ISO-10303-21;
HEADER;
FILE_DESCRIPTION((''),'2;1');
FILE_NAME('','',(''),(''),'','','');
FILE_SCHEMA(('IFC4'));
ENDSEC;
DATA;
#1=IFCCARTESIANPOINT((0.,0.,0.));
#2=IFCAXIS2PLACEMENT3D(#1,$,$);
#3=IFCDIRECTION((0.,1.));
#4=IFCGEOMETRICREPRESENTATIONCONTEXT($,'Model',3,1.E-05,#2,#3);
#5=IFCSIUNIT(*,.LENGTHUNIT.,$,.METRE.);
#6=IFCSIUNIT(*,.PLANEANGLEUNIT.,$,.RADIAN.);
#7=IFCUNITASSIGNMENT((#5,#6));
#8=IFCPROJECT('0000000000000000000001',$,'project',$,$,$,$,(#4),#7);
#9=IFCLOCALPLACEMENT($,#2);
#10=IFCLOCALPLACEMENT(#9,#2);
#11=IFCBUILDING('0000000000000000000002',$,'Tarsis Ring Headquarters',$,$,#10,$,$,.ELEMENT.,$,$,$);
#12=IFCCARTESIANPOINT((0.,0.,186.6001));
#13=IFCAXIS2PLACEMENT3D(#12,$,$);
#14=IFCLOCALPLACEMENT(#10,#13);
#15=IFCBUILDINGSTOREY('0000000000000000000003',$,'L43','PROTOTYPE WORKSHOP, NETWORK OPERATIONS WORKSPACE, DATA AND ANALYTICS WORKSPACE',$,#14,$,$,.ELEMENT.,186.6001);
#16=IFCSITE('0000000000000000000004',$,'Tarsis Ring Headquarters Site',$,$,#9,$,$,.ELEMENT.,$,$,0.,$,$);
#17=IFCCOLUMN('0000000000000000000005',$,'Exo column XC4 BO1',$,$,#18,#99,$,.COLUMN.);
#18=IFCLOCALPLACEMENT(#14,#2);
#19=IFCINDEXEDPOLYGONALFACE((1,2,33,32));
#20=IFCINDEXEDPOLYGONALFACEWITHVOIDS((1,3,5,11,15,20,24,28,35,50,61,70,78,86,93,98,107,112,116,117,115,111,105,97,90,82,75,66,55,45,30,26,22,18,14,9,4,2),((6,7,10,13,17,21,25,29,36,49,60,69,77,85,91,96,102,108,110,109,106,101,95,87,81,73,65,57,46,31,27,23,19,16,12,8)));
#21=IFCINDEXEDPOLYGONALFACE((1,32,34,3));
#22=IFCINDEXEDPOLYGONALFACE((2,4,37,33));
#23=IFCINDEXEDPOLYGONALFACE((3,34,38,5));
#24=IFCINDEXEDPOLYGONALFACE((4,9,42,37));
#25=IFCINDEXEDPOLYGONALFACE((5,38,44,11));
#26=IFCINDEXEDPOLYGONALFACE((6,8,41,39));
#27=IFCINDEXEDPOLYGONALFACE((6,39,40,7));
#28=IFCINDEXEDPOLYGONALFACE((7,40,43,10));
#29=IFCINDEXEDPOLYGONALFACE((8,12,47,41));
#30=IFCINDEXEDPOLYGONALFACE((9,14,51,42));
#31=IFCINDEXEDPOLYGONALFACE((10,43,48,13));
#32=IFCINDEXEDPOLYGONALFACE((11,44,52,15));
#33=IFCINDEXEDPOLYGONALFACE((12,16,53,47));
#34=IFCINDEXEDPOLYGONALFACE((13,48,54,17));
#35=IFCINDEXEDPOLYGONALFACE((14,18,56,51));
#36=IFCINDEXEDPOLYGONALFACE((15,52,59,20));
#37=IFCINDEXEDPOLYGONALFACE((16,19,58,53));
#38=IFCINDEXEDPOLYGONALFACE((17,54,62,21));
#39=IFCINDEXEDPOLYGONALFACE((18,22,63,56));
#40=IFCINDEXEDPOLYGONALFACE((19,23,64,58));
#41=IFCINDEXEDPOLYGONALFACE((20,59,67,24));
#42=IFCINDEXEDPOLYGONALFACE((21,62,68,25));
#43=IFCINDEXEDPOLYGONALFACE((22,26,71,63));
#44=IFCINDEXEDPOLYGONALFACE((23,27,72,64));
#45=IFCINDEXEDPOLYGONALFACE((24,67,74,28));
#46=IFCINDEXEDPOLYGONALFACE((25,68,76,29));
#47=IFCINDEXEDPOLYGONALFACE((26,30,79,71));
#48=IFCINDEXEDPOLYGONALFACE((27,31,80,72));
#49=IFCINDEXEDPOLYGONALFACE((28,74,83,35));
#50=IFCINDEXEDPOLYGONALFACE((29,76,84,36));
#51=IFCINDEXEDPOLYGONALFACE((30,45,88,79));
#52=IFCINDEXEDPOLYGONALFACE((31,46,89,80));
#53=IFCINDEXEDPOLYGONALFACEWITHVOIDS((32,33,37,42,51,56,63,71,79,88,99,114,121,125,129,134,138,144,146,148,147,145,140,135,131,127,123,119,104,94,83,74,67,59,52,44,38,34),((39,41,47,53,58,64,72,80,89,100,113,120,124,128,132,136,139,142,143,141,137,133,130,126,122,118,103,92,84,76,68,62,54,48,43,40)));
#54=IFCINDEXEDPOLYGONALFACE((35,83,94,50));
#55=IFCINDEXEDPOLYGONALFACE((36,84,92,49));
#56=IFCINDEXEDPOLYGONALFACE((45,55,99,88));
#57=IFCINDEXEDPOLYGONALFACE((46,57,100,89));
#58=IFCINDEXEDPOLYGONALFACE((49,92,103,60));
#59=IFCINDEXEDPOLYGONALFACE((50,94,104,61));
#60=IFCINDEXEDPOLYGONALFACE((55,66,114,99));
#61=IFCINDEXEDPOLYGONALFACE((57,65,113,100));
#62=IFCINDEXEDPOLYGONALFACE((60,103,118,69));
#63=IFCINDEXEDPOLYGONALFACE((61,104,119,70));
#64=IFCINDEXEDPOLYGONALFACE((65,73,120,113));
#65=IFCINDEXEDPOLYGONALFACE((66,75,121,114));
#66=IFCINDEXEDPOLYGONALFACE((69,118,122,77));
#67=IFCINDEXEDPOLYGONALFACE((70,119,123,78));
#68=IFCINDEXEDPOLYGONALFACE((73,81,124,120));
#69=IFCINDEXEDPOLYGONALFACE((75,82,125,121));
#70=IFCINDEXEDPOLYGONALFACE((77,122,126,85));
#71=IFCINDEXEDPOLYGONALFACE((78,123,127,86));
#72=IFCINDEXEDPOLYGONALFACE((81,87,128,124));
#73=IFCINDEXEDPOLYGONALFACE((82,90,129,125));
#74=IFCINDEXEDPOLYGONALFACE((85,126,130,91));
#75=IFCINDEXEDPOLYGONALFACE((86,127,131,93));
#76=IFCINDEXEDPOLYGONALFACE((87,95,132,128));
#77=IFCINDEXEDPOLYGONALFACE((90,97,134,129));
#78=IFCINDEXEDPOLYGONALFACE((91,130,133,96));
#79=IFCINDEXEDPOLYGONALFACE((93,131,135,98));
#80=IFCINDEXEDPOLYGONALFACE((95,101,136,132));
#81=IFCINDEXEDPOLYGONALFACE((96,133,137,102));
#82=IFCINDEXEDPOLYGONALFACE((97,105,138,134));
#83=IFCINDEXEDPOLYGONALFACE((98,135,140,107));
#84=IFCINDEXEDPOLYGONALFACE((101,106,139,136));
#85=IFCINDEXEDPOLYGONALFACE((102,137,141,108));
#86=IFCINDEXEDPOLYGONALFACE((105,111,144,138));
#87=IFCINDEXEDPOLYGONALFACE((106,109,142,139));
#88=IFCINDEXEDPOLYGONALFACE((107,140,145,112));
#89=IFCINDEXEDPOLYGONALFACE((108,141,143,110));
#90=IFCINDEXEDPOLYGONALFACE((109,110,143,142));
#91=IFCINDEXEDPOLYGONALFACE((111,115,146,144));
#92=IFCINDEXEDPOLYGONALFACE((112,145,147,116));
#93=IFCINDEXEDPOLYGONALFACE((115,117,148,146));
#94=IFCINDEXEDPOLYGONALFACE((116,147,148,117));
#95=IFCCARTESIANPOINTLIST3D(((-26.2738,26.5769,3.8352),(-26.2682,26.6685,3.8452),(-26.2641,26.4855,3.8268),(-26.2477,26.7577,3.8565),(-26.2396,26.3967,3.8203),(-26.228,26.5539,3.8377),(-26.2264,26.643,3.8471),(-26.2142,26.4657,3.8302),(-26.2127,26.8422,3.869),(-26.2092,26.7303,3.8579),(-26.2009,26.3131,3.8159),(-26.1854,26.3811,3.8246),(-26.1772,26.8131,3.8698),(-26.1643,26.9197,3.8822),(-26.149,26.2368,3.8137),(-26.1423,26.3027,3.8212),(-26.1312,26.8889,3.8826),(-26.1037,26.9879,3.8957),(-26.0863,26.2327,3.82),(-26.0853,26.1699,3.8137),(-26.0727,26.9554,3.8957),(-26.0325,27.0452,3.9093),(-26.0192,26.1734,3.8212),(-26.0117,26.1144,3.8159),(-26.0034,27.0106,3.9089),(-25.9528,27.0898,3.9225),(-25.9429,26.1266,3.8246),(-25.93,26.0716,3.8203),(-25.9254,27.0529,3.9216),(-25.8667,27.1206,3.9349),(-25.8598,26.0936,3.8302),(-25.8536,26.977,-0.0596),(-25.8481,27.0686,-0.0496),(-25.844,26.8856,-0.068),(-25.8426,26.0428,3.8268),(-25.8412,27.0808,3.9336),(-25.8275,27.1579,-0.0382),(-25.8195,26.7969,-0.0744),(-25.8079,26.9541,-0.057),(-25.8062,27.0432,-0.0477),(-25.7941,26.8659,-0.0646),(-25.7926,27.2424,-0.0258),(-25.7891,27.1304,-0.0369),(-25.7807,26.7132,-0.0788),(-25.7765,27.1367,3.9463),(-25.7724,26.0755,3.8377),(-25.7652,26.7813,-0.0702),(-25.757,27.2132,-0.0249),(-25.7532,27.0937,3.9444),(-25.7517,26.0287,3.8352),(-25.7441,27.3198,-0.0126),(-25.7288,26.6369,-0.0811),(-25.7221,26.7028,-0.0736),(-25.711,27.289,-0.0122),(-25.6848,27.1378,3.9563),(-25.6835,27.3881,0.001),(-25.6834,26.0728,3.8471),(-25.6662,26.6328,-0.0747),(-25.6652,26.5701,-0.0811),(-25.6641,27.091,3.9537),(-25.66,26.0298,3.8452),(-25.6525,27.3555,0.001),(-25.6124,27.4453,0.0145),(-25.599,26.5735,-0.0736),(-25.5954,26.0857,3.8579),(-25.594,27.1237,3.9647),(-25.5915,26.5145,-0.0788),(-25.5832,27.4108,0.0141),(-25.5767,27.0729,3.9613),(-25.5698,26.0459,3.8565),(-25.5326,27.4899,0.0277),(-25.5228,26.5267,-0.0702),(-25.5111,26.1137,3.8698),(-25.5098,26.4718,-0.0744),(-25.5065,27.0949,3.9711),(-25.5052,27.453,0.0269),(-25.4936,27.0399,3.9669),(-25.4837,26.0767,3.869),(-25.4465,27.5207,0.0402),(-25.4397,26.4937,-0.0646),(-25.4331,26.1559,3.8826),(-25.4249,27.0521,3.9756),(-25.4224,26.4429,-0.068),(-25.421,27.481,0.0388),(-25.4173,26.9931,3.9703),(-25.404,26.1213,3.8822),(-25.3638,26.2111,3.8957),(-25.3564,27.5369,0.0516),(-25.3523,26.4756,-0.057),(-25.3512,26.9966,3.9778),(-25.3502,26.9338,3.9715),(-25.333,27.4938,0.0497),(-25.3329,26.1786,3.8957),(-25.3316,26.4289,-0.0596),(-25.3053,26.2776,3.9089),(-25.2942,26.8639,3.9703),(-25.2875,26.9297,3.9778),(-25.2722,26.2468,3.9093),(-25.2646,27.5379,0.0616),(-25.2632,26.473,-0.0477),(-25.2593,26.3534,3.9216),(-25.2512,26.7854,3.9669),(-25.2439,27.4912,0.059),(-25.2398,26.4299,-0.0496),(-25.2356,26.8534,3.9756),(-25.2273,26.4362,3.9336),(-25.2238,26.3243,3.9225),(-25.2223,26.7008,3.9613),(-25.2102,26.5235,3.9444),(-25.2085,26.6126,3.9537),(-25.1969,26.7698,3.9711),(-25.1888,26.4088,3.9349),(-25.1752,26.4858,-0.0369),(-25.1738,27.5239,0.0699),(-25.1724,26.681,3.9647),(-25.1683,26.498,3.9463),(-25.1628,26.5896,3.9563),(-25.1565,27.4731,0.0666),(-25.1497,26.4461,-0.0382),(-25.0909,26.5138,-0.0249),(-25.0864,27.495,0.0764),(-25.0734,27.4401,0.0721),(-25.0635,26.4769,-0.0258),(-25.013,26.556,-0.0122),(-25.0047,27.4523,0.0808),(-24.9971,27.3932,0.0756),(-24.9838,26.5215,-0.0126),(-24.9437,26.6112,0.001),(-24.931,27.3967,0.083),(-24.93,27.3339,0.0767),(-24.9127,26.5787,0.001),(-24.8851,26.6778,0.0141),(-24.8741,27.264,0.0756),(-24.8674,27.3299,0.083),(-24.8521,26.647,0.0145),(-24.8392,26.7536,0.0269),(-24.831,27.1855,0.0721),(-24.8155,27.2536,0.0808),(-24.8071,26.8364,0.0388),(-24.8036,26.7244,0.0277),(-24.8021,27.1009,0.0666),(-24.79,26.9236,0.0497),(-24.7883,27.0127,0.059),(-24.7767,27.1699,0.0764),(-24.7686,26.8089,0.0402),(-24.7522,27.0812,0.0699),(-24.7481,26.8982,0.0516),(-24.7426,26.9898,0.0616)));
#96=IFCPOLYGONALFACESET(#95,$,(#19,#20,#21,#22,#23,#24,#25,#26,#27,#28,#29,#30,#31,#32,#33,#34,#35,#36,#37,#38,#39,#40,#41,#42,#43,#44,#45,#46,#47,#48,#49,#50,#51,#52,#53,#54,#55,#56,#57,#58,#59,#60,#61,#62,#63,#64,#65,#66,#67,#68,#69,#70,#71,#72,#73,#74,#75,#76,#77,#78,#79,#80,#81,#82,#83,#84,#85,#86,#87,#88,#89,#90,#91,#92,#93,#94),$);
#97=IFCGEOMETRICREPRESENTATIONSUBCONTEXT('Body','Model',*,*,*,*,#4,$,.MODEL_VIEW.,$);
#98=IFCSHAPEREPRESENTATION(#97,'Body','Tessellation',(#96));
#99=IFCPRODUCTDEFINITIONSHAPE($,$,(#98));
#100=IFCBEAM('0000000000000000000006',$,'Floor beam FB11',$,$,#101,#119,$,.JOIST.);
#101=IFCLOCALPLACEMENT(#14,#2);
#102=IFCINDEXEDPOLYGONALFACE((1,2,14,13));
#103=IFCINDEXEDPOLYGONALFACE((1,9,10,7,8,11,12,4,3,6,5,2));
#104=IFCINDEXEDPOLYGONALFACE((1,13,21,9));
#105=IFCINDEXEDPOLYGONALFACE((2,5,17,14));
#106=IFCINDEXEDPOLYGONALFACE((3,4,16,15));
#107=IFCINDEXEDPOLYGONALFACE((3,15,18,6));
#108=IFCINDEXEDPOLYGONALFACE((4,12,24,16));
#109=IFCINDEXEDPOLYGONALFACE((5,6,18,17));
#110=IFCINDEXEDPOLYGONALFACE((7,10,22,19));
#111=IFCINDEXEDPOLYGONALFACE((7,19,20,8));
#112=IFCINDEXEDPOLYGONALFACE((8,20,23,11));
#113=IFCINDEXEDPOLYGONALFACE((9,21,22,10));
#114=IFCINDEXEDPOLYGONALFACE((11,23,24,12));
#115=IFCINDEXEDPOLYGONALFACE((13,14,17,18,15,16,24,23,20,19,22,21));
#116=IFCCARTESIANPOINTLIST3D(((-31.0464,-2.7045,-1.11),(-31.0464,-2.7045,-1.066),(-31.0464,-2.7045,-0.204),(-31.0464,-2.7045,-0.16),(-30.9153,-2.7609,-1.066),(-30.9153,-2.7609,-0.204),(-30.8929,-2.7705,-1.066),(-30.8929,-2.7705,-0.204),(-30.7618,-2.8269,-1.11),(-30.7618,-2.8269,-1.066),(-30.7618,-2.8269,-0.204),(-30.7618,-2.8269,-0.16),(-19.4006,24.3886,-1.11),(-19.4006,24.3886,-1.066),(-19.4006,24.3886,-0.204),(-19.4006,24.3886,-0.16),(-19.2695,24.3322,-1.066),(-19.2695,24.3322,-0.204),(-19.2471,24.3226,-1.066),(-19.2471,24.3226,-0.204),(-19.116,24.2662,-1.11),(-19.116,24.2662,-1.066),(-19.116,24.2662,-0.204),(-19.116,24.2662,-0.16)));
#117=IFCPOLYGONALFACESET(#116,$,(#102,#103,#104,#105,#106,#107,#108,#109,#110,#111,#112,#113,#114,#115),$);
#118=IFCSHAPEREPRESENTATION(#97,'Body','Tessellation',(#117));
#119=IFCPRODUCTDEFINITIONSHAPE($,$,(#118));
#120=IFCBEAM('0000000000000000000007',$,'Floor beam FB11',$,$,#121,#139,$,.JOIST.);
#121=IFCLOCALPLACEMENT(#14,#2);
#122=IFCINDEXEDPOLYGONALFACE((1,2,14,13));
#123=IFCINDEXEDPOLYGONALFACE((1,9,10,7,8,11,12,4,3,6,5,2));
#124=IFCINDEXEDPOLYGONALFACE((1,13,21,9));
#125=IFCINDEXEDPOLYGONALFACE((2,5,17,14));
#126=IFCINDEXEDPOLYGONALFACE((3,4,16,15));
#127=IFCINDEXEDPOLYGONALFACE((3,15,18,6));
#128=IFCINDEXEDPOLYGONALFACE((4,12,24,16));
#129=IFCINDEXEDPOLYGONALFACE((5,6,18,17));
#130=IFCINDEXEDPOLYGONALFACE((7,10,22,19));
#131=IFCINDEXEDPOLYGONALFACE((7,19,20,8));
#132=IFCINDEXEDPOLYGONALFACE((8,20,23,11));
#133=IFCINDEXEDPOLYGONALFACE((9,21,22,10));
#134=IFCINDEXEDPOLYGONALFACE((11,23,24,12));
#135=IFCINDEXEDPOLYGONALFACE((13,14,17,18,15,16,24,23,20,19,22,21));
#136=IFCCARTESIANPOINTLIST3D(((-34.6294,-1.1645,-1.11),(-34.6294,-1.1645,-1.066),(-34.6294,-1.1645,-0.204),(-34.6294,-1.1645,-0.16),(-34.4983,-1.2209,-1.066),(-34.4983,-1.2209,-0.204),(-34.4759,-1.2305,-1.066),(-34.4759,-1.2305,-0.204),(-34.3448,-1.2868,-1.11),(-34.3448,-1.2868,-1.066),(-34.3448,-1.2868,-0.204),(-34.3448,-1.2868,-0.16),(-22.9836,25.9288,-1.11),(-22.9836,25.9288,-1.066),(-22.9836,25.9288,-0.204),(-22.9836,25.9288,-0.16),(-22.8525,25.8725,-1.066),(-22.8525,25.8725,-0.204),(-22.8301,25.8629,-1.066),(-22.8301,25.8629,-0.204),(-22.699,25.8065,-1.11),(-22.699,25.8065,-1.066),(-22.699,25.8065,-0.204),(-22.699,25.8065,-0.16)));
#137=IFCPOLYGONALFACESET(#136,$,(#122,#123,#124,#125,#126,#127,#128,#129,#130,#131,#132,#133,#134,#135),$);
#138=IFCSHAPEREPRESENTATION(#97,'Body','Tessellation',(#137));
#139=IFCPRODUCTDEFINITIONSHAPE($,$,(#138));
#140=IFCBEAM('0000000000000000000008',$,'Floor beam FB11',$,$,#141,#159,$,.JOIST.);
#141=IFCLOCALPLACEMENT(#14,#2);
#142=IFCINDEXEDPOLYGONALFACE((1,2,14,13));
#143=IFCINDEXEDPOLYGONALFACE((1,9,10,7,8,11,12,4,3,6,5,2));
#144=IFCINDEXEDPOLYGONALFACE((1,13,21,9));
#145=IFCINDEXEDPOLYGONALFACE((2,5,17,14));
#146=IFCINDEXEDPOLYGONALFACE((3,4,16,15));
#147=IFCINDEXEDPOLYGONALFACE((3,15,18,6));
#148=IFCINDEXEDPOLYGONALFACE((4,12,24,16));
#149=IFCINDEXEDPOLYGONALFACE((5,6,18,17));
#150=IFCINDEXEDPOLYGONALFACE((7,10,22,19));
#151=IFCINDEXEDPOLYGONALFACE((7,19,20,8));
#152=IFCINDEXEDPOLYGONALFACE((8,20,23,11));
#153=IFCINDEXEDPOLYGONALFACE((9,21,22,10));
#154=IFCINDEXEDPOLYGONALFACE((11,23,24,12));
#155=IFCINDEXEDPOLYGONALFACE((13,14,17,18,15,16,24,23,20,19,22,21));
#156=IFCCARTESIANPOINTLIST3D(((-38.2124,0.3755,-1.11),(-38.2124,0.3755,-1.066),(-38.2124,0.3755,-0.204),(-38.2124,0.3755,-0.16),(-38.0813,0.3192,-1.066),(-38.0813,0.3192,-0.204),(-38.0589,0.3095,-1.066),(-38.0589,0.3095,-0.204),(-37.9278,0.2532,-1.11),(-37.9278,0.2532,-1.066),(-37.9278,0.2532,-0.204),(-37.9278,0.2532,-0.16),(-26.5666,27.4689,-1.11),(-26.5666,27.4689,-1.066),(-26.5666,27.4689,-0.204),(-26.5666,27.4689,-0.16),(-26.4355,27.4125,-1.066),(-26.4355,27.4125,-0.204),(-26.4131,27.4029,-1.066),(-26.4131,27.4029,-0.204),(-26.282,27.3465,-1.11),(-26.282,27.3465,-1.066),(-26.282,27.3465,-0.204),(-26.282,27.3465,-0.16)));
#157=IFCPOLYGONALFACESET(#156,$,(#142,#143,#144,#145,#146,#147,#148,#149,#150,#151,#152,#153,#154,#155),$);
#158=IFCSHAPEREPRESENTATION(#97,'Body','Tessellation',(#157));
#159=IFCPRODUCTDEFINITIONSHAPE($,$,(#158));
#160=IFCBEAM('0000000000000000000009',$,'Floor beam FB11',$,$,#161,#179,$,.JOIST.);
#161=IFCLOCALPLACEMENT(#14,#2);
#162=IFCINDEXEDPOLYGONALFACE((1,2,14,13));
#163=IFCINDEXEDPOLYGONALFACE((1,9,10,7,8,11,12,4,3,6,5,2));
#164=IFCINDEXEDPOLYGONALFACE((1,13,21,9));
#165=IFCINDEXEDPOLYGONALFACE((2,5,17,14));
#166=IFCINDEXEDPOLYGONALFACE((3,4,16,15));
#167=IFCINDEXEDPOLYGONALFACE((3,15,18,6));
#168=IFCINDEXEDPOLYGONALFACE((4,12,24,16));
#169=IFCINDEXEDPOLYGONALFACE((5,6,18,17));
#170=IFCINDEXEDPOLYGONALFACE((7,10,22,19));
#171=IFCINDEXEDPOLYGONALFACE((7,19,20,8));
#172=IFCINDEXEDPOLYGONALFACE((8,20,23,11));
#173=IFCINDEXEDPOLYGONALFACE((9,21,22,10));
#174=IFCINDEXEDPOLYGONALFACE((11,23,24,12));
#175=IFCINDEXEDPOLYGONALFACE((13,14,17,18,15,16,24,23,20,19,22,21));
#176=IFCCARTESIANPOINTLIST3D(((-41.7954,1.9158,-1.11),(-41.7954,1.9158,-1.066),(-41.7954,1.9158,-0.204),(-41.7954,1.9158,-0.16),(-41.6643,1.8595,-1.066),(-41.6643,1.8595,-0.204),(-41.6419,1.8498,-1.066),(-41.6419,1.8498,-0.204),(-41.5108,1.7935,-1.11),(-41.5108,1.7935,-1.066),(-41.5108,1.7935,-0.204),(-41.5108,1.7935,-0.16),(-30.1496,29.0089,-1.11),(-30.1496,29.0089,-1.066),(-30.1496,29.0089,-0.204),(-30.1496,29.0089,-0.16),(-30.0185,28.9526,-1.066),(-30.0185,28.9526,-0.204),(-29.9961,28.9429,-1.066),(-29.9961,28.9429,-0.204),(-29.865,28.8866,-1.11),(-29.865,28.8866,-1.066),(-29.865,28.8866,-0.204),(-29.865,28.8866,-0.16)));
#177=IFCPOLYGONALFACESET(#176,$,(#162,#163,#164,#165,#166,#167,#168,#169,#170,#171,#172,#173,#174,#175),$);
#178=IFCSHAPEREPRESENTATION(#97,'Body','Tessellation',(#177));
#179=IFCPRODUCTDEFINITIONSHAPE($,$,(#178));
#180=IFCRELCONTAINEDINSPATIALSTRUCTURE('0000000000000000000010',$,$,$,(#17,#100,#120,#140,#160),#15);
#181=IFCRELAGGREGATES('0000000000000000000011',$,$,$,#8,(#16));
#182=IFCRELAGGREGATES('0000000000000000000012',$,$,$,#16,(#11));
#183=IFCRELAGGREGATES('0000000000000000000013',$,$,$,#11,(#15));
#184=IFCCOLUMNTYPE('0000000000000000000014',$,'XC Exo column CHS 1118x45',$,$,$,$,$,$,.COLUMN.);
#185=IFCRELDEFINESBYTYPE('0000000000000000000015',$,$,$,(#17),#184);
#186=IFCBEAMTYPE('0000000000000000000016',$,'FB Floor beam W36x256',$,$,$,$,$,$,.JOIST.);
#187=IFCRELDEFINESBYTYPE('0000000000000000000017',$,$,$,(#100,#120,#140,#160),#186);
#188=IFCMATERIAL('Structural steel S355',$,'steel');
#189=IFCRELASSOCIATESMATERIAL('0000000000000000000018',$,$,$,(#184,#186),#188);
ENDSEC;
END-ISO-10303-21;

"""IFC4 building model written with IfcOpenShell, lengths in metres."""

from ifc_helpers import new_model, si_unit, direction, frame, origin, origin_2d, place, context, subcontext, project, spatial, hollow_circle, i_section, extrude, material, material_profile, profile_set, type_object, element, save


model = new_model("IFC4")

# Units and contexts
model_context = context("Model", 3, precision=1e-05, world=origin(), true_north=direction((0.0, 1.0)))
body_context = subcontext(model_context, "Body", "Model", "MODEL_VIEW")
ifc_project = project(units=[si_unit("LENGTHUNIT", "METRE"), si_unit("PLANEANGLEUNIT", "RADIAN")], contexts=[model_context])

# Site, building, storey
site_placement = place(None, origin())
site = spatial("IfcSite", under=ifc_project, at=site_placement, Name="Tarsis Ring Headquarters Site", CompositionType="ELEMENT", RefElevation=0.0)
building_placement = place(site_placement, origin())
building = spatial("IfcBuilding", under=site, at=building_placement, Name="Tarsis Ring Headquarters", CompositionType="ELEMENT")
storey_placement = place(building_placement, frame((0.0, 0.0, 186.6001)))
storey = spatial("IfcBuildingStorey", under=building, at=storey_placement, Name="L43", Description="PROTOTYPE WORKSHOP, NETWORK OPERATIONS WORKSPACE, DATA AND ANALYTICS WORKSPACE", CompositionType="ELEMENT", Elevation=186.6001)

# Column
ifc_material_1 = material(Name="Structural steel S355", Category="steel")
ifc_material_profile_1 = material_profile(ifc_material_1, hollow_circle(Radius=0.5588, WallThickness=0.0449, at=origin_2d()), Name="CHS 1118x45")
ifc_profile_set_1 = profile_set([ifc_material_profile_1], Name="Structural steel S355")
column_type = type_object("IfcColumnType", Name="XC Exo column CHS 1118x45", PredefinedType="COLUMN", material=ifc_profile_set_1)
column_placement = place(storey_placement, frame((-25.2981, 26.9834, 0.001), z_axis=(-0.106702, -0.101618, 0.989085), x_axis=(0.689645, -0.724148, 0.0)))
element("IfcColumn", 1, at=column_placement, inside=storey, type_object=column_type, Name="Exo column XC4 BO1", PredefinedType="COLUMN", context=body_context, shape_type="SweptSolid", body=[
    extrude(hollow_circle(Radius=0.5588, WallThickness=0.0449, at=origin_2d()), origin(), (0.0, 0.0, 1.0), 3.9377),
])

# Beams
ifc_material_profile_2 = material_profile(ifc_material_1, i_section(OverallWidth=0.3098, OverallDepth=0.95, WebThickness=0.0244, FlangeThickness=0.0439, at=origin_2d()), Name="W36x256")
ifc_profile_set_2 = profile_set([ifc_material_profile_2], Name="Structural steel S355")
beam_type_1 = type_object("IfcBeamType", Name="FB Floor beam W36x256", PredefinedType="JOIST", material=ifc_profile_set_2)
beam_1_placement = place(storey_placement, frame((-19.2583, 24.3274, -0.635), z_axis=(-0.394906, -0.918721, 0.0), x_axis=(0.918721, -0.394906, 0.0)))
element("IfcBeam", 2, at=beam_1_placement, inside=storey, type_object=beam_type_1, Name="Floor beam FB11", PredefinedType="JOIST", context=body_context, shape_type="SweptSolid", body=[
    extrude(i_section(OverallWidth=0.3098, OverallDepth=0.95, WebThickness=0.0244, FlangeThickness=0.0439, at=origin_2d()), origin(), (0.0, 0.0, 1.0), 29.49),
])
for number, where, z_axis, x_axis, name in (
    (3, (-22.8413, 25.8677, -0.635), (-0.394903, -0.918723, 0.0), (0.918723, -0.394903, 0.0), "Floor beam FB11"),
    (4, (-26.4243, 27.4077, -0.635), (-0.394903, -0.918723, 0.0), (0.918723, -0.394903, 0.0), "Floor beam FB11"),
):
    element("IfcBeam", number, at=place(storey_placement, frame(where, z_axis=z_axis, x_axis=x_axis)), inside=storey, type_object=beam_type_1, Name=name, PredefinedType="JOIST", context=body_context, shape_type="SweptSolid", body=[
        extrude(i_section(OverallWidth=0.3098, OverallDepth=0.95, WebThickness=0.0244, FlangeThickness=0.0439, at=origin_2d()), origin(), (0.0, 0.0, 1.0), 29.4902),
    ])
beam_2_placement = place(storey_placement, frame((-30.0073, 28.9478, -0.635), z_axis=(-0.394906, -0.918721, 0.0), x_axis=(0.918721, -0.394906, 0.0)))
element("IfcBeam", 5, at=beam_2_placement, inside=storey, type_object=beam_type_1, Name="Floor beam FB11", PredefinedType="JOIST", context=body_context, shape_type="SweptSolid", body=[
    extrude(i_section(OverallWidth=0.3098, OverallDepth=0.95, WebThickness=0.0244, FlangeThickness=0.0439, at=origin_2d()), origin(), (0.0, 0.0, 1.0), 29.49),
])

save(model, "model.ifc")
